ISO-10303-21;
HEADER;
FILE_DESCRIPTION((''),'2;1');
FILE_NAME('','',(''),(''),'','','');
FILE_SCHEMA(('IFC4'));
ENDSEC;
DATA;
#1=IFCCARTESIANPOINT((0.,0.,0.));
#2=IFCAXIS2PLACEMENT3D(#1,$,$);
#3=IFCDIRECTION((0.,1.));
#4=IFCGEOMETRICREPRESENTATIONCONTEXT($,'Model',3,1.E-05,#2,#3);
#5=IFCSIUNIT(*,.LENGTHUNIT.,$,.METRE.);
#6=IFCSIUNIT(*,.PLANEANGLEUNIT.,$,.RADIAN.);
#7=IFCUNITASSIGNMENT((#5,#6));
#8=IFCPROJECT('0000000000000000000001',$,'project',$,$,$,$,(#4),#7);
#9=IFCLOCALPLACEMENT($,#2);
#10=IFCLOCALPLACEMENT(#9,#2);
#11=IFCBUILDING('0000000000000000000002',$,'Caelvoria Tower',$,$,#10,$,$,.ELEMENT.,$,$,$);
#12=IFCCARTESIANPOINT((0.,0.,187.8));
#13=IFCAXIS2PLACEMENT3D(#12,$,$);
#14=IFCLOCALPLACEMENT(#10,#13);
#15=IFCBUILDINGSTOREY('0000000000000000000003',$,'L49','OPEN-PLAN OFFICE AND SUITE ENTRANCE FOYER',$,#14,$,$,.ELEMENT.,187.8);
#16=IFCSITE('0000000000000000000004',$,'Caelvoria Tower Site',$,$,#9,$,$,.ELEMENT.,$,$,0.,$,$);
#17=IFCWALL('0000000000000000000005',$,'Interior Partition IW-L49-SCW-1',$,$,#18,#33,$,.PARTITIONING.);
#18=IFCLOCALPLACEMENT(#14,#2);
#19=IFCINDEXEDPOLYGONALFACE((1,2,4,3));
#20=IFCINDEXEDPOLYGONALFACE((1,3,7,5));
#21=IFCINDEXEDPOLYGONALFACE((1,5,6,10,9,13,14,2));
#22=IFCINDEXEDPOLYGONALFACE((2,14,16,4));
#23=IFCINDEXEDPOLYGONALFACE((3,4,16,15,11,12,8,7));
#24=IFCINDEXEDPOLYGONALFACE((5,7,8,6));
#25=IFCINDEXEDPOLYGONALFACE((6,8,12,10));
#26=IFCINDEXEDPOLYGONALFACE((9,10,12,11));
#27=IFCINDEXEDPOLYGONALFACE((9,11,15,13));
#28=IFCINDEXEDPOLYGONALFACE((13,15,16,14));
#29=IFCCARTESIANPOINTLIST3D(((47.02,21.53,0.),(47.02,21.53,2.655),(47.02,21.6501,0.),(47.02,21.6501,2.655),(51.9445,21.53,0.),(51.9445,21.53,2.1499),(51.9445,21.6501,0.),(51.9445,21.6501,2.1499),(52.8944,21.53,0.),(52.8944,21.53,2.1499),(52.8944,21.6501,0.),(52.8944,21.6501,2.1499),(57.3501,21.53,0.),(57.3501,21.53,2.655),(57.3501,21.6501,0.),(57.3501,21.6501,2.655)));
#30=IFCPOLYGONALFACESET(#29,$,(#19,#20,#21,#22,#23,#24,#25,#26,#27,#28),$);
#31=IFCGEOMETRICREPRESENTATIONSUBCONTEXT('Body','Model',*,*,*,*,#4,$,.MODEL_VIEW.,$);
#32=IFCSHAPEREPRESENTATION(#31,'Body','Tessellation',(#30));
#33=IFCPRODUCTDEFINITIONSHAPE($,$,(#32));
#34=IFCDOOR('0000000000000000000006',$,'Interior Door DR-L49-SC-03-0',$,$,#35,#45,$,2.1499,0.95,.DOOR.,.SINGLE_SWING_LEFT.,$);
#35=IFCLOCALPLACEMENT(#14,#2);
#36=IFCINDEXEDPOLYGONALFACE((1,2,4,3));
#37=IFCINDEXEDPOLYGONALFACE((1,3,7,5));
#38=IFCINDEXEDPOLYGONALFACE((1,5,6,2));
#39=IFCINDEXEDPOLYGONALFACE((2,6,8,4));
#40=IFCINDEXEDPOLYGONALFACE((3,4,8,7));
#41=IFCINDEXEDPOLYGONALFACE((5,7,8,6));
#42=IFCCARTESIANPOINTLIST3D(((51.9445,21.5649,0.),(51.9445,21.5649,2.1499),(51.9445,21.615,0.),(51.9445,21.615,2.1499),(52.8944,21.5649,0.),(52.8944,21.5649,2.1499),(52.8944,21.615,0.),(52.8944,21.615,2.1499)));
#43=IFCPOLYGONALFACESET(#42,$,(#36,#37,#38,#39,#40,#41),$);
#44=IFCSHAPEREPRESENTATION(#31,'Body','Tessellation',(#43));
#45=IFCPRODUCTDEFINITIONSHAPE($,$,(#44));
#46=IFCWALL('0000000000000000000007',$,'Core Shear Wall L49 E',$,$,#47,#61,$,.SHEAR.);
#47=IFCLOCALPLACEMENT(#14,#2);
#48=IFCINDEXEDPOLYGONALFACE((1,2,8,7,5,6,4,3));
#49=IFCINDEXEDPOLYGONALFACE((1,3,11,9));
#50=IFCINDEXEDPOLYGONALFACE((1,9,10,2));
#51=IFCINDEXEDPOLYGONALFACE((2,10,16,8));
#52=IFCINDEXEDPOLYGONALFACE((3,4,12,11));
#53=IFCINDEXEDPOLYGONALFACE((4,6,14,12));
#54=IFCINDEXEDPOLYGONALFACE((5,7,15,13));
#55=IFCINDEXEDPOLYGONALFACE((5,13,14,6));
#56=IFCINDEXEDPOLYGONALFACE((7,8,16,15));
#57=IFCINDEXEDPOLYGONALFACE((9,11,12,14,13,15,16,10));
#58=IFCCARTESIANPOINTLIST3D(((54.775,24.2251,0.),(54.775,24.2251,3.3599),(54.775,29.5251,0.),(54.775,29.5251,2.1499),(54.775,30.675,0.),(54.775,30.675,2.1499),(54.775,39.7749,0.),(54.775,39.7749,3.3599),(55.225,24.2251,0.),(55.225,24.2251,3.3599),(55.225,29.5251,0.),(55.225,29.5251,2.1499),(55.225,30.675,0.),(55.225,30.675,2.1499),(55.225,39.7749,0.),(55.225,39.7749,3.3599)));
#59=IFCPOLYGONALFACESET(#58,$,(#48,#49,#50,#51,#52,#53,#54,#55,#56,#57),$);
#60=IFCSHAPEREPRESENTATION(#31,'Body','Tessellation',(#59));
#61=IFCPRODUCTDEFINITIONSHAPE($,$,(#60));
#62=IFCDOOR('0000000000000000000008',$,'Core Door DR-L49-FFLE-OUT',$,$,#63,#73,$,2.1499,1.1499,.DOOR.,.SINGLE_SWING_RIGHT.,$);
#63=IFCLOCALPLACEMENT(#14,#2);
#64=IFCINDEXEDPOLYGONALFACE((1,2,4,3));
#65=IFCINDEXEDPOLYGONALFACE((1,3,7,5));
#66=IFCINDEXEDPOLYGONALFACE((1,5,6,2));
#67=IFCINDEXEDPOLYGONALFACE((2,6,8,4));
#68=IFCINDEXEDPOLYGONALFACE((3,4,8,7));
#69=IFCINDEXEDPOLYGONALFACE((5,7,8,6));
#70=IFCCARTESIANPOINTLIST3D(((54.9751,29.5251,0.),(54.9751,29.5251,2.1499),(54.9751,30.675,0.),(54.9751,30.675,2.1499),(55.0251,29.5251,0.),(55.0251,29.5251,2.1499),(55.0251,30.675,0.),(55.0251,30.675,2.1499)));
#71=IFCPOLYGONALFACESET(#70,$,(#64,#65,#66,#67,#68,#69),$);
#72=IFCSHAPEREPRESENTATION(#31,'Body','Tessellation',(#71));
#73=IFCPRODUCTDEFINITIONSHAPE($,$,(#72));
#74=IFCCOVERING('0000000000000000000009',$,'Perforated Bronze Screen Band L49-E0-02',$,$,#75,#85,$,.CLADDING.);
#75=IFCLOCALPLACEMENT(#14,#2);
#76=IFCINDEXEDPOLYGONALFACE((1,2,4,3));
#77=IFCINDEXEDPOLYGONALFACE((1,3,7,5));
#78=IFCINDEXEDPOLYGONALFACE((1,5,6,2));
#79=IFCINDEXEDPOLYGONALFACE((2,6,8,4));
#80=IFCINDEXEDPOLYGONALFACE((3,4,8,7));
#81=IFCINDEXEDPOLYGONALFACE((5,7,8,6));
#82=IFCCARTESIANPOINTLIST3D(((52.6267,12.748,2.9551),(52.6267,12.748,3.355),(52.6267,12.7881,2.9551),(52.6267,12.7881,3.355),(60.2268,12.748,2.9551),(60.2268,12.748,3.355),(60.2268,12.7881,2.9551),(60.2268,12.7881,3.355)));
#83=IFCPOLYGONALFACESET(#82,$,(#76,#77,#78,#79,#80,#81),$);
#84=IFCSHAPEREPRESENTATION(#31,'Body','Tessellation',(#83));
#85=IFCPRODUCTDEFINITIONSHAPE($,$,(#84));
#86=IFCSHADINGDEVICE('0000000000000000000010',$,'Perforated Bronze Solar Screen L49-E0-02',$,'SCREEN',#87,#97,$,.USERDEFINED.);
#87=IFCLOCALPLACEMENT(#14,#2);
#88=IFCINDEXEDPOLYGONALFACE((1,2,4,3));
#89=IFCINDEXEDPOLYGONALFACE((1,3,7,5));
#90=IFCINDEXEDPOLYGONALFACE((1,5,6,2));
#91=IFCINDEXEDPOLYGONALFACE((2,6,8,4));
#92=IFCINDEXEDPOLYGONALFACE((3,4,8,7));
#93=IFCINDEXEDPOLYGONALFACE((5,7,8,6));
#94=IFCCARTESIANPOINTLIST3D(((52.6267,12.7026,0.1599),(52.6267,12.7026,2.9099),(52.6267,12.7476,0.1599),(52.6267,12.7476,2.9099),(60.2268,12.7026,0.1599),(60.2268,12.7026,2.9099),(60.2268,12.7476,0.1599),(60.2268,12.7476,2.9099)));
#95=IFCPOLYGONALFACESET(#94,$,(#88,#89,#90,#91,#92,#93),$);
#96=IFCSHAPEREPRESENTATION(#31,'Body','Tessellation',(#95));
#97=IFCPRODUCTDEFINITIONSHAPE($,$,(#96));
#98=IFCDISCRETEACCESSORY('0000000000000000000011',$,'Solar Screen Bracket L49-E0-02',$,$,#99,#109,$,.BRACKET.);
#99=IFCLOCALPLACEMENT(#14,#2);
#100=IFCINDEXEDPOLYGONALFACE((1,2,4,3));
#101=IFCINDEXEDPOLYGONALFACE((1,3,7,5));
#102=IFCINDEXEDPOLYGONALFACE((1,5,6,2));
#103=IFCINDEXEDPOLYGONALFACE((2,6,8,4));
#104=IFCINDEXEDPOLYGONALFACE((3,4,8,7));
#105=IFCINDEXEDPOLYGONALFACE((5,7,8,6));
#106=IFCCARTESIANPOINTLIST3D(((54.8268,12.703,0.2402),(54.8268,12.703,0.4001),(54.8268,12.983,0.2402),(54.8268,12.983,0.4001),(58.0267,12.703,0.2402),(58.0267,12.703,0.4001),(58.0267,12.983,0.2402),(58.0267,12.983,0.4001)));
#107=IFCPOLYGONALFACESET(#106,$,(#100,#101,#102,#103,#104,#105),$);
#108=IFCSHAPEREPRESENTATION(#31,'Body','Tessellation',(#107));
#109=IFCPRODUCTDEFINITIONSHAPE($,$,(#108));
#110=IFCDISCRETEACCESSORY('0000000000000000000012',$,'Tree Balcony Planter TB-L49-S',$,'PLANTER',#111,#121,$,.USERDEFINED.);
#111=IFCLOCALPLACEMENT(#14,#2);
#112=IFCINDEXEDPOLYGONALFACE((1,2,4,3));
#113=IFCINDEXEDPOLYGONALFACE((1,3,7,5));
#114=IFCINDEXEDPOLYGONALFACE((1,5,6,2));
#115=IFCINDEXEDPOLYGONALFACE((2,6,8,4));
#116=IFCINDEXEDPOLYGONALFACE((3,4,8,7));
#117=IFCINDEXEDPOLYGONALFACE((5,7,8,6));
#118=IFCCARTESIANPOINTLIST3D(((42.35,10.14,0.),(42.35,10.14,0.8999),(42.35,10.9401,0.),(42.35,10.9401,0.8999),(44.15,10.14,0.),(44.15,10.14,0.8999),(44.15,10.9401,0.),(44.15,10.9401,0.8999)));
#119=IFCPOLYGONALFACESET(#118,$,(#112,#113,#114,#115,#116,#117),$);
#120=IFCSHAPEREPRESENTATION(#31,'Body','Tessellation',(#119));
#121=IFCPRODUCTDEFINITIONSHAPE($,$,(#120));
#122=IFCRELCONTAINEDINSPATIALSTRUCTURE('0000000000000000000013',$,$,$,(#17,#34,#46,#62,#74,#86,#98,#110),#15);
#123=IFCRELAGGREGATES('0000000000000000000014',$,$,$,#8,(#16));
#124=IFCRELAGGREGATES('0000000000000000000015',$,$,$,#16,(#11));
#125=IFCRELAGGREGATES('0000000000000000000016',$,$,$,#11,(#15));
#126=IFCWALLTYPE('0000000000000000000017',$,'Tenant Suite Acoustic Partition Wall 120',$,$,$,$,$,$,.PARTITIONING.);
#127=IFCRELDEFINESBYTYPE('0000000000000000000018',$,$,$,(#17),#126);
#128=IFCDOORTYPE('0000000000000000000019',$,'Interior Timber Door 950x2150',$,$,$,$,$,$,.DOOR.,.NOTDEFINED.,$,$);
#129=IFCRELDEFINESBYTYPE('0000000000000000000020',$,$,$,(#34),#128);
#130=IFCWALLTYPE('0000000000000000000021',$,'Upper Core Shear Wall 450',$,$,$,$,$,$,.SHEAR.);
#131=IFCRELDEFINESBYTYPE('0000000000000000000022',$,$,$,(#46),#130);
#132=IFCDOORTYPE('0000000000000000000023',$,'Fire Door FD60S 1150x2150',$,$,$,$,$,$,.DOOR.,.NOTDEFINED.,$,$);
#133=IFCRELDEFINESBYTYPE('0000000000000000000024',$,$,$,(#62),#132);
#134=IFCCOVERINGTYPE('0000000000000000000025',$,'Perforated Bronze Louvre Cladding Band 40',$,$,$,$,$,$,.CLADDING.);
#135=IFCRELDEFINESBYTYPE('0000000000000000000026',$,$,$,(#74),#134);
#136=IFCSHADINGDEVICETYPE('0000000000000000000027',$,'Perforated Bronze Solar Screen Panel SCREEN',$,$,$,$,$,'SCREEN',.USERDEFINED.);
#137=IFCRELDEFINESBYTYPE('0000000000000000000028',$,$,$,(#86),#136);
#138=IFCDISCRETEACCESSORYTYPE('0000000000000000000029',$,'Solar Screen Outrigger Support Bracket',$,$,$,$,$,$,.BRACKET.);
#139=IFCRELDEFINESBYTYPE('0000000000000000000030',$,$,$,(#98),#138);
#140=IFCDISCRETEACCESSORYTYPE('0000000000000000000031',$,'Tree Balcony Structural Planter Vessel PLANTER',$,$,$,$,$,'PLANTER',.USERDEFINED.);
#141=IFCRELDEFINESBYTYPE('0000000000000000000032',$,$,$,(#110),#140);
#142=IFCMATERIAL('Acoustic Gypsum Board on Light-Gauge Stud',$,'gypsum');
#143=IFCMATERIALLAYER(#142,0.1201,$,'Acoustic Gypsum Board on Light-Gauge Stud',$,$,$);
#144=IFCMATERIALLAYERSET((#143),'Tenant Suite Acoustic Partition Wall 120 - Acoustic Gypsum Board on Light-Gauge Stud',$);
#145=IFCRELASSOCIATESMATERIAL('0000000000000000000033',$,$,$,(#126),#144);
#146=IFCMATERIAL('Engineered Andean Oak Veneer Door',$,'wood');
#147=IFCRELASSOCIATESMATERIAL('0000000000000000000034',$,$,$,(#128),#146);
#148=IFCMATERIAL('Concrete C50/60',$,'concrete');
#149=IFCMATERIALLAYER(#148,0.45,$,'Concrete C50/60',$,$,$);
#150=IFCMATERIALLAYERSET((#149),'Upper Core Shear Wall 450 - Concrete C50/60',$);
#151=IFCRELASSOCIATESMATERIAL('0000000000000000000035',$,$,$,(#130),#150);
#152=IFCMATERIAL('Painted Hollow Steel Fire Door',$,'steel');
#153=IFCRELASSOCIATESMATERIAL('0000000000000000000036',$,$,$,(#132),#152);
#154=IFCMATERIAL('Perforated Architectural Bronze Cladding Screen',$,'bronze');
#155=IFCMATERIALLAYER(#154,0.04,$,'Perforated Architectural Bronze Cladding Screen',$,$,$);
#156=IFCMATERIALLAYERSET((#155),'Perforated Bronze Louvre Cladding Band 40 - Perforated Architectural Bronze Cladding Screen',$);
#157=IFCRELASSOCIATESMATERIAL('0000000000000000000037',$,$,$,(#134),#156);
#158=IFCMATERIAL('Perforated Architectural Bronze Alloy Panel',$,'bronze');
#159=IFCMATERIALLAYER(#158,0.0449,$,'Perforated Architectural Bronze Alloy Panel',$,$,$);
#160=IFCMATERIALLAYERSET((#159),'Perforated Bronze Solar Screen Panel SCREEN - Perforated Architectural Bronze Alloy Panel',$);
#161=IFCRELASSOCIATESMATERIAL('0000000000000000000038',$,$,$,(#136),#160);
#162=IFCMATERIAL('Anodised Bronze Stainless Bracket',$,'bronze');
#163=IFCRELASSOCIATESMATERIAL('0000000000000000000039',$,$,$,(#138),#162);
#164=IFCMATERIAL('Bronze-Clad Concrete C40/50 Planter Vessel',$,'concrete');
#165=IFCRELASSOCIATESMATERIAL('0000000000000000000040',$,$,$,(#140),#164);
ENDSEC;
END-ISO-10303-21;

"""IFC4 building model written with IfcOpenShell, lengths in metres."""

from ifc_helpers import new_model, si_unit, direction, frame, frame_2d, origin, origin_2d, place, context, subcontext, project, spatial, rectangle, extrude, material, layer, layer_set, type_object, element, fill, save


model = new_model("IFC4")

# Units and contexts
model_context = context("Model", 3, precision=1e-05, world=origin(), true_north=direction((0.0, 1.0)))
body_context = subcontext(model_context, "Body", "Model", "MODEL_VIEW")
ifc_project = project(units=[si_unit("LENGTHUNIT", "METRE"), si_unit("PLANEANGLEUNIT", "RADIAN")], contexts=[model_context])

# Site, building, storey
site_placement = place(None, origin())
site = spatial("IfcSite", under=ifc_project, at=site_placement, Name="Caelvoria Tower Site", CompositionType="ELEMENT", RefElevation=0.0)
building_placement = place(site_placement, origin())
building = spatial("IfcBuilding", under=site, at=building_placement, Name="Caelvoria Tower", CompositionType="ELEMENT")
storey_placement = place(building_placement, frame((0.0, 0.0, 187.8)))
storey = spatial("IfcBuildingStorey", under=building, at=storey_placement, Name="L49", Description="OPEN-PLAN OFFICE AND SUITE ENTRANCE FOYER", CompositionType="ELEMENT", Elevation=187.8)

# Shared definitions
ifc_material_1 = material(Name="Concrete C50/60", Category="concrete")

# Walls, openings, doors
ifc_material_2 = material(Name="Acoustic Gypsum Board on Light-Gauge Stud", Category="gypsum")
ifc_layer_1 = layer(ifc_material_2, 0.1201, Name="Acoustic Gypsum Board on Light-Gauge Stud")
ifc_layer_set_1 = layer_set([ifc_layer_1], Name="Tenant Suite Acoustic Partition Wall 120 - Acoustic Gypsum Board on Light-Gauge Stud")
wall_type_1 = type_object("IfcWallType", Name="Tenant Suite Acoustic Partition Wall 120", PredefinedType="PARTITIONING", material=ifc_layer_set_1)
ifc_material_3 = material(Name="Engineered Andean Oak Veneer Door", Category="wood")
wall_1_placement = place(storey_placement, frame((47.02, 21.5901, 0.0), z_axis=(0.0, 0.0, 1.0), x_axis=(1.0, 0.0, 0.0)))
wall_1 = element("IfcWall", 1, at=wall_1_placement, inside=storey, type_object=wall_type_1, Name="Interior Partition IW-L49-SCW-1", PredefinedType="PARTITIONING", context=body_context, shape_type="SweptSolid", body=[
    extrude(rectangle(XDim=10.3301, YDim=0.1201, at=frame_2d((5.165, 0.0))), origin(), (0.0, 0.0, 1.0), 2.655),
])
opening_1_placement = place(wall_1_placement, frame((4.9243, 0.0, 0.0)))
opening_1 = element("IfcOpeningElement", 2, at=opening_1_placement, cuts=wall_1, PredefinedType="OPENING", context=body_context, shape_type="SweptSolid", body=[
    extrude(rectangle(XDim=0.95, YDim=2.1499, at=frame_2d((0.4751, 1.075))), frame((0.0, 0.0701, 0.0), z_axis=(0.0, -1.0, 0.0), x_axis=(1.0, 0.0, 0.0)), (0.0, 0.0, 1.0), 0.1401),
])
door_type_1 = type_object("IfcDoorType", Name="Interior Timber Door 950x2150", OperationType="NOTDEFINED", PredefinedType="DOOR", material=ifc_material_3)
door_1_placement = place(opening_1_placement, origin())
door_1 = element("IfcDoor", 3, at=door_1_placement, inside=storey, type_object=door_type_1, Name="Interior Door DR-L49-SC-03-0", OperationType="SINGLE_SWING_LEFT", OverallHeight=2.1499, OverallWidth=0.95, PredefinedType="DOOR", context=body_context, shape_type="SweptSolid", body=[
    extrude(rectangle(XDim=0.95, YDim=2.1499, at=frame_2d((0.4751, 1.075))), frame((0.0, 0.0249, 0.0), z_axis=(0.0, -1.0, 0.0), x_axis=(1.0, 0.0, 0.0)), (0.0, 0.0, 1.0), 0.05),
])
fill(opening_1, door_1)
ifc_layer_2 = layer(ifc_material_1, 0.45, Name="Concrete C50/60")
ifc_layer_set_2 = layer_set([ifc_layer_2], Name="Upper Core Shear Wall 450 - Concrete C50/60")
wall_type_2 = type_object("IfcWallType", Name="Upper Core Shear Wall 450", PredefinedType="SHEAR", material=ifc_layer_set_2)
wall_2_placement = place(storey_placement, frame((55.0, 24.2251, 0.0), z_axis=(0.0, 0.0, 1.0), x_axis=(0.0, 1.0, 0.0)))
wall_2 = element("IfcWall", 4, at=wall_2_placement, inside=storey, type_object=wall_type_2, Name="Core Shear Wall L49 E", PredefinedType="SHEAR", context=body_context, shape_type="SweptSolid", body=[
    extrude(rectangle(XDim=15.5498, YDim=0.45, at=frame_2d((7.7749, 0.0))), origin(), (0.0, 0.0, 1.0), 3.3599),
])
opening_2_placement = place(wall_2_placement, frame((5.3, 0.0, 0.0)))
opening_2 = element("IfcOpeningElement", 5, at=opening_2_placement, cuts=wall_2, PredefinedType="OPENING", context=body_context, shape_type="SweptSolid", body=[
    extrude(rectangle(XDim=1.1499, YDim=2.1499, at=frame_2d((0.575, 1.075))), frame((0.0, 0.2349, 0.0), z_axis=(0.0, -1.0, 0.0), x_axis=(1.0, 0.0, 0.0)), (0.0, 0.0, 1.0), 0.47),
])
ifc_material_4 = material(Name="Painted Hollow Steel Fire Door", Category="steel")
door_type_2 = type_object("IfcDoorType", Name="Fire Door FD60S 1150x2150", OperationType="NOTDEFINED", PredefinedType="DOOR", material=ifc_material_4)
door_2_placement = place(opening_2_placement, origin())
door_2 = element("IfcDoor", 6, at=door_2_placement, inside=storey, type_object=door_type_2, Name="Core Door DR-L49-FFLE-OUT", OperationType="SINGLE_SWING_RIGHT", OverallHeight=2.1499, OverallWidth=1.1499, PredefinedType="DOOR", context=body_context, shape_type="SweptSolid", body=[
    extrude(rectangle(XDim=1.1499, YDim=2.1499, at=frame_2d((0.575, 1.075))), frame((0.0, 0.0249, 0.0), z_axis=(0.0, -1.0, 0.0), x_axis=(1.0, 0.0, 0.0)), (0.0, 0.0, 1.0), 0.05),
])
fill(opening_2, door_2)

# Covering
ifc_material_5 = material(Name="Perforated Architectural Bronze Cladding Screen", Category="bronze")
ifc_layer_3 = layer(ifc_material_5, 0.04, Name="Perforated Architectural Bronze Cladding Screen")
ifc_layer_set_3 = layer_set([ifc_layer_3], Name="Perforated Bronze Louvre Cladding Band 40 - Perforated Architectural Bronze Cladding Screen")
covering_type = type_object("IfcCoveringType", Name="Perforated Bronze Louvre Cladding Band 40", PredefinedType="CLADDING", material=ifc_layer_set_3)
covering_placement = place(storey_placement, frame((56.4268, 12.7681, 2.9551), z_axis=(0.0, 0.0, 1.0), x_axis=(1.0, 0.0, 0.0)))
element("IfcCovering", 7, at=covering_placement, inside=storey, type_object=covering_type, Name="Perforated Bronze Screen Band L49-E0-02", PredefinedType="CLADDING", context=body_context, shape_type="SweptSolid", body=[
    extrude(rectangle(XDim=7.6001, YDim=0.04, at=origin_2d()), origin(), (0.0, 0.0, 1.0), 0.3999),
])

# Shading device
ifc_material_6 = material(Name="Perforated Architectural Bronze Alloy Panel", Category="bronze")
ifc_layer_4 = layer(ifc_material_6, 0.0449, Name="Perforated Architectural Bronze Alloy Panel")
ifc_layer_set_4 = layer_set([ifc_layer_4], Name="Perforated Bronze Solar Screen Panel SCREEN - Perforated Architectural Bronze Alloy Panel")
shading_device_type = type_object("IfcShadingDeviceType", Name="Perforated Bronze Solar Screen Panel SCREEN", ElementType="SCREEN", PredefinedType="USERDEFINED", material=ifc_layer_set_4)
shading_device_placement = place(storey_placement, frame((56.4268, 12.7251, 0.1599), z_axis=(0.0, 0.0, 1.0), x_axis=(1.0, 0.0, 0.0)))
element("IfcShadingDevice", 8, at=shading_device_placement, inside=storey, type_object=shading_device_type, Name="Perforated Bronze Solar Screen L49-E0-02", ObjectType="SCREEN", PredefinedType="USERDEFINED", context=body_context, shape_type="SweptSolid", body=[
    extrude(rectangle(XDim=7.6001, YDim=0.0449, at=origin_2d()), origin(), (0.0, 0.0, 1.0), 2.75),
])

# Discrete accessories
ifc_material_7 = material(Name="Anodised Bronze Stainless Bracket", Category="bronze")
discrete_accessory_type_1 = type_object("IfcDiscreteAccessoryType", Name="Solar Screen Outrigger Support Bracket", PredefinedType="BRACKET", material=ifc_material_7)
discrete_accessory_1_placement = place(storey_placement, frame((56.4268, 12.843, 0.2402), z_axis=(0.0, 0.0, 1.0), x_axis=(1.0, 0.0, 0.0)))
element("IfcDiscreteAccessory", 9, at=discrete_accessory_1_placement, inside=storey, type_object=discrete_accessory_type_1, Name="Solar Screen Bracket L49-E0-02", PredefinedType="BRACKET", context=body_context, shape_type="SweptSolid", body=[
    extrude(rectangle(XDim=3.2, YDim=0.28, at=origin_2d()), origin(), (0.0, 0.0, 1.0), 0.1599),
])
ifc_material_8 = material(Name="Bronze-Clad Concrete C40/50 Planter Vessel", Category="concrete")
discrete_accessory_type_2 = type_object("IfcDiscreteAccessoryType", Name="Tree Balcony Structural Planter Vessel PLANTER", ElementType="PLANTER", PredefinedType="USERDEFINED", material=ifc_material_8)
discrete_accessory_2_placement = place(storey_placement, frame((43.25, 10.54, 0.0), z_axis=(0.0, 0.0, 1.0), x_axis=(1.0, 0.0, 0.0)))
element("IfcDiscreteAccessory", 10, at=discrete_accessory_2_placement, inside=storey, type_object=discrete_accessory_type_2, Name="Tree Balcony Planter TB-L49-S", ObjectType="PLANTER", PredefinedType="USERDEFINED", context=body_context, shape_type="SweptSolid", body=[
    extrude(rectangle(XDim=1.8, YDim=0.8, at=origin_2d()), origin(), (0.0, 0.0, 1.0), 0.8999),
])

save(model, "model.ifc")
